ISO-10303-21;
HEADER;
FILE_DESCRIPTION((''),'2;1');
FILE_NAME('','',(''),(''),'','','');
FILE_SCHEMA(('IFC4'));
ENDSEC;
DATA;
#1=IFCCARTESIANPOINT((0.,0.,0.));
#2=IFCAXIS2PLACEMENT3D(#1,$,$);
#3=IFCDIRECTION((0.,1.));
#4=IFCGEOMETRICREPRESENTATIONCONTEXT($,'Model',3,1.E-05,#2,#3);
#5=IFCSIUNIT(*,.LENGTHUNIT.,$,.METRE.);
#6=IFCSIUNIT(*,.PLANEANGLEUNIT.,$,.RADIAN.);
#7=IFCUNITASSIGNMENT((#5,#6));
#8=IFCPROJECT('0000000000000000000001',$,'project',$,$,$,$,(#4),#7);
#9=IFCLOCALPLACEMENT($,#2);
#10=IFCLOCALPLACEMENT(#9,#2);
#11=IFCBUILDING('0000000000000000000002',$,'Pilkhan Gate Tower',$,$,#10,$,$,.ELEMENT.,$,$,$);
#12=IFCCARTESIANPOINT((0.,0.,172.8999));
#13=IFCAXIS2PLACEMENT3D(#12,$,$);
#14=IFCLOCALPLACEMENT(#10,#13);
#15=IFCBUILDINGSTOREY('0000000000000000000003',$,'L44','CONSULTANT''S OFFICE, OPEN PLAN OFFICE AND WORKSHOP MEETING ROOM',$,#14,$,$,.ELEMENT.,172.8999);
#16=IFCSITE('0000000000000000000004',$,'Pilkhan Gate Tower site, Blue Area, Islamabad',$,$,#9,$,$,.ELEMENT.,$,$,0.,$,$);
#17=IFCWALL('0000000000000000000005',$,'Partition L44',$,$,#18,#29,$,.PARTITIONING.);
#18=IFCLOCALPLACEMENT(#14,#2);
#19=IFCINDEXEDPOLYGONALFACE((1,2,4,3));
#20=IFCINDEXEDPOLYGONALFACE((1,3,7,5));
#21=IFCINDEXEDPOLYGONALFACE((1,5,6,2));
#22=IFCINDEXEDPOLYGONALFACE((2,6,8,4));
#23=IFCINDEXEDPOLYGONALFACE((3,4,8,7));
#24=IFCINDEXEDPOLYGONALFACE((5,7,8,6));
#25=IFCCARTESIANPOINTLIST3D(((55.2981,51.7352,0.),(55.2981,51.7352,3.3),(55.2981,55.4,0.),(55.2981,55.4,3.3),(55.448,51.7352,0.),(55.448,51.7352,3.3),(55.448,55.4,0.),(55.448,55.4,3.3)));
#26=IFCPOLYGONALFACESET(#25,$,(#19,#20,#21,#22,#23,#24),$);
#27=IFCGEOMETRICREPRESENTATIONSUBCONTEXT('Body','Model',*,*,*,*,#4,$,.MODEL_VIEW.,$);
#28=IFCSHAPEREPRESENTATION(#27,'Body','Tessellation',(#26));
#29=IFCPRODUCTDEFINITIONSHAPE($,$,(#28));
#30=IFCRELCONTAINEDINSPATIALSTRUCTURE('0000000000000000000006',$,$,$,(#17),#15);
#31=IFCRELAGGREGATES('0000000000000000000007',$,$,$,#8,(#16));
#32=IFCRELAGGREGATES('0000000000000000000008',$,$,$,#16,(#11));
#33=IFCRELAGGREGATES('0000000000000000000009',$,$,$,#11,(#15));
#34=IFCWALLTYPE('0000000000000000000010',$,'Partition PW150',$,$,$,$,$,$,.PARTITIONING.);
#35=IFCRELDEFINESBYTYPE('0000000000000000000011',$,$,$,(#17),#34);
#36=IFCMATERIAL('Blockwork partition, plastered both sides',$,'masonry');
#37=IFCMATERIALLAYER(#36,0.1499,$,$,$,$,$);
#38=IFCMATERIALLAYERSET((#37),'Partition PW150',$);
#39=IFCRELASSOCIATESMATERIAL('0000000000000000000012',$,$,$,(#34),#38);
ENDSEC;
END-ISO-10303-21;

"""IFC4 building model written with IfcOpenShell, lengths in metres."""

from ifc_helpers import new_model, si_unit, direction, frame, frame_2d, origin, place, context, subcontext, project, spatial, rectangle, extrude, material, layer, layer_set, type_object, element, save


model = new_model("IFC4")

# Units and contexts
model_context = context("Model", 3, precision=1e-05, world=origin(), true_north=direction((0.0, 1.0)))
body_context = subcontext(model_context, "Body", "Model", "MODEL_VIEW")
ifc_project = project(units=[si_unit("LENGTHUNIT", "METRE"), si_unit("PLANEANGLEUNIT", "RADIAN")], contexts=[model_context])

# Site, building, storey
site_placement = place(None, origin())
site = spatial("IfcSite", under=ifc_project, at=site_placement, Name="Pilkhan Gate Tower site, Blue Area, Islamabad", CompositionType="ELEMENT", RefElevation=0.0)
building_placement = place(site_placement, origin())
building = spatial("IfcBuilding", under=site, at=building_placement, Name="Pilkhan Gate Tower", CompositionType="ELEMENT")
storey_placement = place(building_placement, frame((0.0, 0.0, 172.8999)))
storey = spatial("IfcBuildingStorey", under=building, at=storey_placement, Name="L44", Description="CONSULTANT'S OFFICE, OPEN PLAN OFFICE AND WORKSHOP MEETING ROOM", CompositionType="ELEMENT", Elevation=172.8999)

# Shared definitions
ifc_material_1 = material(Name="Blockwork partition, plastered both sides", Category="masonry")
ifc_layer_1 = layer(ifc_material_1, 0.1499)
ifc_layer_set_1 = layer_set([ifc_layer_1], Name="Partition PW150")
wall_type = type_object("IfcWallType", Name="Partition PW150", PredefinedType="PARTITIONING", material=ifc_layer_set_1)

# Wall
wall_1_placement = place(storey_placement, frame((55.373, 51.7351, 0.0), z_axis=(0.0, 0.0, 1.0), x_axis=(0.0, 1.0, 0.0)))
element("IfcWall", 1, at=wall_1_placement, inside=storey, type_object=wall_type, Name="Partition L44", PredefinedType="PARTITIONING", context=body_context, shape_type="SweptSolid", body=[
    extrude(rectangle(XDim=3.6648, YDim=0.1499, at=frame_2d((1.8325, 0.0))), origin(), (0.0, 0.0, 1.0), 3.3),
])

save(model, "model.ifc")
